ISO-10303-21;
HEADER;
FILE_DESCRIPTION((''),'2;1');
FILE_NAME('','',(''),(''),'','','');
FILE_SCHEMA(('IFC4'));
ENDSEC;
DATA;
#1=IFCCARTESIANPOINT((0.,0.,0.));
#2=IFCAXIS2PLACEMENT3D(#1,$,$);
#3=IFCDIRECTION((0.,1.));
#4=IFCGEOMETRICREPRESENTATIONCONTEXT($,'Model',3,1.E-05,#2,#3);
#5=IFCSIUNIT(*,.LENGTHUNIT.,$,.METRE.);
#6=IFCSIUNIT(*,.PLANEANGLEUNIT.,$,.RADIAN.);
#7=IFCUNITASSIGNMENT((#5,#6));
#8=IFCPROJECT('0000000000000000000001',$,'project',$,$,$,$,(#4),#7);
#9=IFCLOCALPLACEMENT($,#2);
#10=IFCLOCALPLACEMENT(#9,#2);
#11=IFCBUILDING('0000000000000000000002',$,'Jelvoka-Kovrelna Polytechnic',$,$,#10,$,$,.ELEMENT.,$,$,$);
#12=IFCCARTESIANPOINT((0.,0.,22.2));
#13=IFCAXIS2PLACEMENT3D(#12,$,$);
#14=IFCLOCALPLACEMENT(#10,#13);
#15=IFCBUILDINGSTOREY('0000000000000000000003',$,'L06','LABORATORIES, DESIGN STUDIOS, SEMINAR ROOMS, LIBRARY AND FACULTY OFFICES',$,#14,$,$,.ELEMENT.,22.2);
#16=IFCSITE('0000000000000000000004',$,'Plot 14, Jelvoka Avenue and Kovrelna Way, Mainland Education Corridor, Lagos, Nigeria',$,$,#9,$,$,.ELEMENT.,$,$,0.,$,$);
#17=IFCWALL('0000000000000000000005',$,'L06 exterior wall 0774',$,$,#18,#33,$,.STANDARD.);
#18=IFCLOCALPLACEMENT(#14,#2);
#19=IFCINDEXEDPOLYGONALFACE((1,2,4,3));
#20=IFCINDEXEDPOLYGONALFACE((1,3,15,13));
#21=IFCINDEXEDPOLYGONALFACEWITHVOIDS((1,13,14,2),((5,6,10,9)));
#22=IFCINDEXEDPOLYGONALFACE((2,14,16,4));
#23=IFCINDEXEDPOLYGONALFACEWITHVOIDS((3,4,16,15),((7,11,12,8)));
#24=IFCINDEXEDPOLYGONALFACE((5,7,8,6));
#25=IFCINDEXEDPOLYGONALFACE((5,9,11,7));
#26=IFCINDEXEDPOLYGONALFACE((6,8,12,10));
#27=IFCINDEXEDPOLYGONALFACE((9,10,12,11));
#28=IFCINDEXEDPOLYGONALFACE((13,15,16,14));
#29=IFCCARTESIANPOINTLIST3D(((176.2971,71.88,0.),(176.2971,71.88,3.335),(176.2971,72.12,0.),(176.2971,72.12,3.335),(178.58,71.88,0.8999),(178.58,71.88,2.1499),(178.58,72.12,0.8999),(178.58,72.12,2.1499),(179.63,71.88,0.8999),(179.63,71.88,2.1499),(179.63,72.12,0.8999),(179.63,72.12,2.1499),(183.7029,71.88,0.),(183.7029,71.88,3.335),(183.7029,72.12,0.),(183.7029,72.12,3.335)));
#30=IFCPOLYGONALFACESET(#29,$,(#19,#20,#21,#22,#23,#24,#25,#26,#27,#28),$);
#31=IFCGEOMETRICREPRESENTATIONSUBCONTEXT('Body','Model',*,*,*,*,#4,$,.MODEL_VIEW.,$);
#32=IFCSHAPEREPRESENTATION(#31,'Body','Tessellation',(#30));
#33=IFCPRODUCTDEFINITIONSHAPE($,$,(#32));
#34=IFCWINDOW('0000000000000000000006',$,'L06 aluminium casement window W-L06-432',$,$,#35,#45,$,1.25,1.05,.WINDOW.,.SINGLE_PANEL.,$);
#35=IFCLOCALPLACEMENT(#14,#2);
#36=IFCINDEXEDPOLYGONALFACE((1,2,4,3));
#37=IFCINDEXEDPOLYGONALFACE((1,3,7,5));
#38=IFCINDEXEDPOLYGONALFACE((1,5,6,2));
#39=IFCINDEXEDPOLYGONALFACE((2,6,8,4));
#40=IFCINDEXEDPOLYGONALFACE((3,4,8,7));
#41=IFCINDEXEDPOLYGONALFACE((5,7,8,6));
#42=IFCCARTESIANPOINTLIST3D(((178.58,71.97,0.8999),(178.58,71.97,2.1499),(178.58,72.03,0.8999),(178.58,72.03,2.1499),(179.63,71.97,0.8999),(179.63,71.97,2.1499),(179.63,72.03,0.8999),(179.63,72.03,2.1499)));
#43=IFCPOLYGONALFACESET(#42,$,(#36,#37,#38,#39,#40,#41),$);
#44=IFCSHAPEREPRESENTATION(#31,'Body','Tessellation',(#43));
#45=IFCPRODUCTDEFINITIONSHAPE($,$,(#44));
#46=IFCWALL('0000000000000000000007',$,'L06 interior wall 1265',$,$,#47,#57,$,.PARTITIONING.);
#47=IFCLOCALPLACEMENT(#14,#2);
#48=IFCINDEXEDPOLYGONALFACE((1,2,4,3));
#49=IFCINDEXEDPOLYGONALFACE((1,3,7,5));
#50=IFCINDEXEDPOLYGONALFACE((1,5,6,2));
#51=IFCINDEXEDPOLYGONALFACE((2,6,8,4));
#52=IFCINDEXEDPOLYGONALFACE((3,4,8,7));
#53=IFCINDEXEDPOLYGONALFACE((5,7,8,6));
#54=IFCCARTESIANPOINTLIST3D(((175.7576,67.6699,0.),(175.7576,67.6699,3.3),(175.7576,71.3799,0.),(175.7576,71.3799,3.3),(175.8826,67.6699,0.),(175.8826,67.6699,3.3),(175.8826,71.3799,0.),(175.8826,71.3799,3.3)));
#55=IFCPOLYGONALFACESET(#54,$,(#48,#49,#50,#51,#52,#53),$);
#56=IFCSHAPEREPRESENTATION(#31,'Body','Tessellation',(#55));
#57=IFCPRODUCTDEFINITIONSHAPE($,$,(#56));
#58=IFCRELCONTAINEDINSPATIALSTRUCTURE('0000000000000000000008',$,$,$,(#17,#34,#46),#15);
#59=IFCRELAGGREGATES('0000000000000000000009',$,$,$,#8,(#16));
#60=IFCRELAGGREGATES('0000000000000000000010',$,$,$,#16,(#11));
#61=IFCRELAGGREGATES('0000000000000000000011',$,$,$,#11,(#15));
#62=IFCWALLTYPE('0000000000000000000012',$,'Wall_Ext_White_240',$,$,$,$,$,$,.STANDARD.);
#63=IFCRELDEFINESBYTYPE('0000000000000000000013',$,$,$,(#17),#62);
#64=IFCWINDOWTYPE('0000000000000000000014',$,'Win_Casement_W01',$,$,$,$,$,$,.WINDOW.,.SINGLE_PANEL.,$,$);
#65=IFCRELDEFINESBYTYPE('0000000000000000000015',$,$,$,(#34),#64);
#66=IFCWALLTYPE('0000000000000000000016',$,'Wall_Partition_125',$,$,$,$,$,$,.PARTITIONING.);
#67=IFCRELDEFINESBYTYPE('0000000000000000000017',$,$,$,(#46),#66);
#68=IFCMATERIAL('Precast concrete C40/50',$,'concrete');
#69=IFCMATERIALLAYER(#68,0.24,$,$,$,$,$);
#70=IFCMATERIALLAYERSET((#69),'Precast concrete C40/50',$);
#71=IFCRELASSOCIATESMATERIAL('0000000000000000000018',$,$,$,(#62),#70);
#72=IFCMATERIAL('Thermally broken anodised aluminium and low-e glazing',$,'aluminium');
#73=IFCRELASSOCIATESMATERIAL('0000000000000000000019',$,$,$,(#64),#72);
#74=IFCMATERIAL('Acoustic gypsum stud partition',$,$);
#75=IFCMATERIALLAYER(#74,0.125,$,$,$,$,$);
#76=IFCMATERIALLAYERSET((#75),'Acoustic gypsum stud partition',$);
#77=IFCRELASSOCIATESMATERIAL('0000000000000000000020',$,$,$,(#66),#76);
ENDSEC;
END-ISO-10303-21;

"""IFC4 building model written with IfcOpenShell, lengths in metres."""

from ifc_helpers import new_model, si_unit, direction, frame, frame_2d, origin, place, context, subcontext, project, spatial, rectangle, extrude, material, layer, layer_set, type_object, element, fill, save


model = new_model("IFC4")

# Units and contexts
model_context = context("Model", 3, precision=1e-05, world=origin(), true_north=direction((0.0, 1.0)))
body_context = subcontext(model_context, "Body", "Model", "MODEL_VIEW")
ifc_project = project(units=[si_unit("LENGTHUNIT", "METRE"), si_unit("PLANEANGLEUNIT", "RADIAN")], contexts=[model_context])

# Site, building, storey
site_placement = place(None, origin())
site = spatial("IfcSite", under=ifc_project, at=site_placement, Name="Plot 14, Jelvoka Avenue and Kovrelna Way, Mainland Education Corridor, Lagos, Nigeria", CompositionType="ELEMENT", RefElevation=0.0)
building_placement = place(site_placement, origin())
building = spatial("IfcBuilding", under=site, at=building_placement, Name="Jelvoka-Kovrelna Polytechnic", CompositionType="ELEMENT")
storey_placement = place(building_placement, frame((0.0, 0.0, 22.2)))
storey = spatial("IfcBuildingStorey", under=building, at=storey_placement, Name="L06", Description="LABORATORIES, DESIGN STUDIOS, SEMINAR ROOMS, LIBRARY AND FACULTY OFFICES", CompositionType="ELEMENT", Elevation=22.2)

# Wall, opening, window
ifc_material_1 = material(Name="Precast concrete C40/50", Category="concrete")
ifc_layer_1 = layer(ifc_material_1, 0.24)
ifc_layer_set_1 = layer_set([ifc_layer_1], Name="Precast concrete C40/50")
wall_type_1 = type_object("IfcWallType", Name="Wall_Ext_White_240", PredefinedType="STANDARD", material=ifc_layer_set_1)
wall_1_placement = place(storey_placement, frame((176.2971, 72.0, 0.0), z_axis=(0.0, 0.0, 1.0), x_axis=(1.0, 0.0, 0.0)))
wall_1 = element("IfcWall", 1, at=wall_1_placement, inside=storey, type_object=wall_type_1, Name="L06 exterior wall 0774", PredefinedType="STANDARD", context=body_context, shape_type="SweptSolid", body=[
    extrude(rectangle(XDim=7.4058, YDim=0.24, at=frame_2d((3.7029, 0.0))), origin(), (0.0, 0.0, 1.0), 3.335),
])
opening_1_placement = place(wall_1_placement, frame((2.283, 0.0, 0.8999)))
opening_1 = element("IfcOpeningElement", 2, at=opening_1_placement, cuts=wall_1, PredefinedType="OPENING", context=body_context, shape_type="SweptSolid", body=[
    extrude(rectangle(XDim=1.05, YDim=1.25, at=frame_2d((0.5249, 0.625))), frame((0.0, 0.1301, 0.0), z_axis=(0.0, -1.0, 0.0), x_axis=(1.0, 0.0, 0.0)), (0.0, 0.0, 1.0), 0.26),
])
ifc_material_2 = material(Name="Thermally broken anodised aluminium and low-e glazing", Category="aluminium")
window_type = type_object("IfcWindowType", Name="Win_Casement_W01", PartitioningType="SINGLE_PANEL", PredefinedType="WINDOW", material=ifc_material_2)
window_placement = place(opening_1_placement, origin())
window = element("IfcWindow", 3, at=window_placement, inside=storey, type_object=window_type, Name="L06 aluminium casement window W-L06-432", OverallHeight=1.25, OverallWidth=1.05, PartitioningType="SINGLE_PANEL", PredefinedType="WINDOW", context=body_context, shape_type="SweptSolid", body=[
    extrude(rectangle(XDim=1.05, YDim=1.25, at=frame_2d((0.5249, 0.625))), frame((0.0, 0.03, 0.0), z_axis=(0.0, -1.0, 0.0), x_axis=(1.0, 0.0, 0.0)), (0.0, 0.0, 1.0), 0.0601),
])
fill(opening_1, window)

# Wall
ifc_material_3 = material(Name="Acoustic gypsum stud partition")
ifc_layer_2 = layer(ifc_material_3, 0.125)
ifc_layer_set_2 = layer_set([ifc_layer_2], Name="Acoustic gypsum stud partition")
wall_type_2 = type_object("IfcWallType", Name="Wall_Partition_125", PredefinedType="PARTITIONING", material=ifc_layer_set_2)
wall_2_placement = place(storey_placement, frame((175.8201, 67.6699, 0.0), z_axis=(0.0, 0.0, 1.0), x_axis=(0.0, 1.0, 0.0)))
element("IfcWall", 4, at=wall_2_placement, inside=storey, type_object=wall_type_2, Name="L06 interior wall 1265", PredefinedType="PARTITIONING", context=body_context, shape_type="SweptSolid", body=[
    extrude(rectangle(XDim=3.71, YDim=0.125, at=frame_2d((1.855, 0.0))), origin(), (0.0, 0.0, 1.0), 3.3),
])

save(model, "model.ifc")
